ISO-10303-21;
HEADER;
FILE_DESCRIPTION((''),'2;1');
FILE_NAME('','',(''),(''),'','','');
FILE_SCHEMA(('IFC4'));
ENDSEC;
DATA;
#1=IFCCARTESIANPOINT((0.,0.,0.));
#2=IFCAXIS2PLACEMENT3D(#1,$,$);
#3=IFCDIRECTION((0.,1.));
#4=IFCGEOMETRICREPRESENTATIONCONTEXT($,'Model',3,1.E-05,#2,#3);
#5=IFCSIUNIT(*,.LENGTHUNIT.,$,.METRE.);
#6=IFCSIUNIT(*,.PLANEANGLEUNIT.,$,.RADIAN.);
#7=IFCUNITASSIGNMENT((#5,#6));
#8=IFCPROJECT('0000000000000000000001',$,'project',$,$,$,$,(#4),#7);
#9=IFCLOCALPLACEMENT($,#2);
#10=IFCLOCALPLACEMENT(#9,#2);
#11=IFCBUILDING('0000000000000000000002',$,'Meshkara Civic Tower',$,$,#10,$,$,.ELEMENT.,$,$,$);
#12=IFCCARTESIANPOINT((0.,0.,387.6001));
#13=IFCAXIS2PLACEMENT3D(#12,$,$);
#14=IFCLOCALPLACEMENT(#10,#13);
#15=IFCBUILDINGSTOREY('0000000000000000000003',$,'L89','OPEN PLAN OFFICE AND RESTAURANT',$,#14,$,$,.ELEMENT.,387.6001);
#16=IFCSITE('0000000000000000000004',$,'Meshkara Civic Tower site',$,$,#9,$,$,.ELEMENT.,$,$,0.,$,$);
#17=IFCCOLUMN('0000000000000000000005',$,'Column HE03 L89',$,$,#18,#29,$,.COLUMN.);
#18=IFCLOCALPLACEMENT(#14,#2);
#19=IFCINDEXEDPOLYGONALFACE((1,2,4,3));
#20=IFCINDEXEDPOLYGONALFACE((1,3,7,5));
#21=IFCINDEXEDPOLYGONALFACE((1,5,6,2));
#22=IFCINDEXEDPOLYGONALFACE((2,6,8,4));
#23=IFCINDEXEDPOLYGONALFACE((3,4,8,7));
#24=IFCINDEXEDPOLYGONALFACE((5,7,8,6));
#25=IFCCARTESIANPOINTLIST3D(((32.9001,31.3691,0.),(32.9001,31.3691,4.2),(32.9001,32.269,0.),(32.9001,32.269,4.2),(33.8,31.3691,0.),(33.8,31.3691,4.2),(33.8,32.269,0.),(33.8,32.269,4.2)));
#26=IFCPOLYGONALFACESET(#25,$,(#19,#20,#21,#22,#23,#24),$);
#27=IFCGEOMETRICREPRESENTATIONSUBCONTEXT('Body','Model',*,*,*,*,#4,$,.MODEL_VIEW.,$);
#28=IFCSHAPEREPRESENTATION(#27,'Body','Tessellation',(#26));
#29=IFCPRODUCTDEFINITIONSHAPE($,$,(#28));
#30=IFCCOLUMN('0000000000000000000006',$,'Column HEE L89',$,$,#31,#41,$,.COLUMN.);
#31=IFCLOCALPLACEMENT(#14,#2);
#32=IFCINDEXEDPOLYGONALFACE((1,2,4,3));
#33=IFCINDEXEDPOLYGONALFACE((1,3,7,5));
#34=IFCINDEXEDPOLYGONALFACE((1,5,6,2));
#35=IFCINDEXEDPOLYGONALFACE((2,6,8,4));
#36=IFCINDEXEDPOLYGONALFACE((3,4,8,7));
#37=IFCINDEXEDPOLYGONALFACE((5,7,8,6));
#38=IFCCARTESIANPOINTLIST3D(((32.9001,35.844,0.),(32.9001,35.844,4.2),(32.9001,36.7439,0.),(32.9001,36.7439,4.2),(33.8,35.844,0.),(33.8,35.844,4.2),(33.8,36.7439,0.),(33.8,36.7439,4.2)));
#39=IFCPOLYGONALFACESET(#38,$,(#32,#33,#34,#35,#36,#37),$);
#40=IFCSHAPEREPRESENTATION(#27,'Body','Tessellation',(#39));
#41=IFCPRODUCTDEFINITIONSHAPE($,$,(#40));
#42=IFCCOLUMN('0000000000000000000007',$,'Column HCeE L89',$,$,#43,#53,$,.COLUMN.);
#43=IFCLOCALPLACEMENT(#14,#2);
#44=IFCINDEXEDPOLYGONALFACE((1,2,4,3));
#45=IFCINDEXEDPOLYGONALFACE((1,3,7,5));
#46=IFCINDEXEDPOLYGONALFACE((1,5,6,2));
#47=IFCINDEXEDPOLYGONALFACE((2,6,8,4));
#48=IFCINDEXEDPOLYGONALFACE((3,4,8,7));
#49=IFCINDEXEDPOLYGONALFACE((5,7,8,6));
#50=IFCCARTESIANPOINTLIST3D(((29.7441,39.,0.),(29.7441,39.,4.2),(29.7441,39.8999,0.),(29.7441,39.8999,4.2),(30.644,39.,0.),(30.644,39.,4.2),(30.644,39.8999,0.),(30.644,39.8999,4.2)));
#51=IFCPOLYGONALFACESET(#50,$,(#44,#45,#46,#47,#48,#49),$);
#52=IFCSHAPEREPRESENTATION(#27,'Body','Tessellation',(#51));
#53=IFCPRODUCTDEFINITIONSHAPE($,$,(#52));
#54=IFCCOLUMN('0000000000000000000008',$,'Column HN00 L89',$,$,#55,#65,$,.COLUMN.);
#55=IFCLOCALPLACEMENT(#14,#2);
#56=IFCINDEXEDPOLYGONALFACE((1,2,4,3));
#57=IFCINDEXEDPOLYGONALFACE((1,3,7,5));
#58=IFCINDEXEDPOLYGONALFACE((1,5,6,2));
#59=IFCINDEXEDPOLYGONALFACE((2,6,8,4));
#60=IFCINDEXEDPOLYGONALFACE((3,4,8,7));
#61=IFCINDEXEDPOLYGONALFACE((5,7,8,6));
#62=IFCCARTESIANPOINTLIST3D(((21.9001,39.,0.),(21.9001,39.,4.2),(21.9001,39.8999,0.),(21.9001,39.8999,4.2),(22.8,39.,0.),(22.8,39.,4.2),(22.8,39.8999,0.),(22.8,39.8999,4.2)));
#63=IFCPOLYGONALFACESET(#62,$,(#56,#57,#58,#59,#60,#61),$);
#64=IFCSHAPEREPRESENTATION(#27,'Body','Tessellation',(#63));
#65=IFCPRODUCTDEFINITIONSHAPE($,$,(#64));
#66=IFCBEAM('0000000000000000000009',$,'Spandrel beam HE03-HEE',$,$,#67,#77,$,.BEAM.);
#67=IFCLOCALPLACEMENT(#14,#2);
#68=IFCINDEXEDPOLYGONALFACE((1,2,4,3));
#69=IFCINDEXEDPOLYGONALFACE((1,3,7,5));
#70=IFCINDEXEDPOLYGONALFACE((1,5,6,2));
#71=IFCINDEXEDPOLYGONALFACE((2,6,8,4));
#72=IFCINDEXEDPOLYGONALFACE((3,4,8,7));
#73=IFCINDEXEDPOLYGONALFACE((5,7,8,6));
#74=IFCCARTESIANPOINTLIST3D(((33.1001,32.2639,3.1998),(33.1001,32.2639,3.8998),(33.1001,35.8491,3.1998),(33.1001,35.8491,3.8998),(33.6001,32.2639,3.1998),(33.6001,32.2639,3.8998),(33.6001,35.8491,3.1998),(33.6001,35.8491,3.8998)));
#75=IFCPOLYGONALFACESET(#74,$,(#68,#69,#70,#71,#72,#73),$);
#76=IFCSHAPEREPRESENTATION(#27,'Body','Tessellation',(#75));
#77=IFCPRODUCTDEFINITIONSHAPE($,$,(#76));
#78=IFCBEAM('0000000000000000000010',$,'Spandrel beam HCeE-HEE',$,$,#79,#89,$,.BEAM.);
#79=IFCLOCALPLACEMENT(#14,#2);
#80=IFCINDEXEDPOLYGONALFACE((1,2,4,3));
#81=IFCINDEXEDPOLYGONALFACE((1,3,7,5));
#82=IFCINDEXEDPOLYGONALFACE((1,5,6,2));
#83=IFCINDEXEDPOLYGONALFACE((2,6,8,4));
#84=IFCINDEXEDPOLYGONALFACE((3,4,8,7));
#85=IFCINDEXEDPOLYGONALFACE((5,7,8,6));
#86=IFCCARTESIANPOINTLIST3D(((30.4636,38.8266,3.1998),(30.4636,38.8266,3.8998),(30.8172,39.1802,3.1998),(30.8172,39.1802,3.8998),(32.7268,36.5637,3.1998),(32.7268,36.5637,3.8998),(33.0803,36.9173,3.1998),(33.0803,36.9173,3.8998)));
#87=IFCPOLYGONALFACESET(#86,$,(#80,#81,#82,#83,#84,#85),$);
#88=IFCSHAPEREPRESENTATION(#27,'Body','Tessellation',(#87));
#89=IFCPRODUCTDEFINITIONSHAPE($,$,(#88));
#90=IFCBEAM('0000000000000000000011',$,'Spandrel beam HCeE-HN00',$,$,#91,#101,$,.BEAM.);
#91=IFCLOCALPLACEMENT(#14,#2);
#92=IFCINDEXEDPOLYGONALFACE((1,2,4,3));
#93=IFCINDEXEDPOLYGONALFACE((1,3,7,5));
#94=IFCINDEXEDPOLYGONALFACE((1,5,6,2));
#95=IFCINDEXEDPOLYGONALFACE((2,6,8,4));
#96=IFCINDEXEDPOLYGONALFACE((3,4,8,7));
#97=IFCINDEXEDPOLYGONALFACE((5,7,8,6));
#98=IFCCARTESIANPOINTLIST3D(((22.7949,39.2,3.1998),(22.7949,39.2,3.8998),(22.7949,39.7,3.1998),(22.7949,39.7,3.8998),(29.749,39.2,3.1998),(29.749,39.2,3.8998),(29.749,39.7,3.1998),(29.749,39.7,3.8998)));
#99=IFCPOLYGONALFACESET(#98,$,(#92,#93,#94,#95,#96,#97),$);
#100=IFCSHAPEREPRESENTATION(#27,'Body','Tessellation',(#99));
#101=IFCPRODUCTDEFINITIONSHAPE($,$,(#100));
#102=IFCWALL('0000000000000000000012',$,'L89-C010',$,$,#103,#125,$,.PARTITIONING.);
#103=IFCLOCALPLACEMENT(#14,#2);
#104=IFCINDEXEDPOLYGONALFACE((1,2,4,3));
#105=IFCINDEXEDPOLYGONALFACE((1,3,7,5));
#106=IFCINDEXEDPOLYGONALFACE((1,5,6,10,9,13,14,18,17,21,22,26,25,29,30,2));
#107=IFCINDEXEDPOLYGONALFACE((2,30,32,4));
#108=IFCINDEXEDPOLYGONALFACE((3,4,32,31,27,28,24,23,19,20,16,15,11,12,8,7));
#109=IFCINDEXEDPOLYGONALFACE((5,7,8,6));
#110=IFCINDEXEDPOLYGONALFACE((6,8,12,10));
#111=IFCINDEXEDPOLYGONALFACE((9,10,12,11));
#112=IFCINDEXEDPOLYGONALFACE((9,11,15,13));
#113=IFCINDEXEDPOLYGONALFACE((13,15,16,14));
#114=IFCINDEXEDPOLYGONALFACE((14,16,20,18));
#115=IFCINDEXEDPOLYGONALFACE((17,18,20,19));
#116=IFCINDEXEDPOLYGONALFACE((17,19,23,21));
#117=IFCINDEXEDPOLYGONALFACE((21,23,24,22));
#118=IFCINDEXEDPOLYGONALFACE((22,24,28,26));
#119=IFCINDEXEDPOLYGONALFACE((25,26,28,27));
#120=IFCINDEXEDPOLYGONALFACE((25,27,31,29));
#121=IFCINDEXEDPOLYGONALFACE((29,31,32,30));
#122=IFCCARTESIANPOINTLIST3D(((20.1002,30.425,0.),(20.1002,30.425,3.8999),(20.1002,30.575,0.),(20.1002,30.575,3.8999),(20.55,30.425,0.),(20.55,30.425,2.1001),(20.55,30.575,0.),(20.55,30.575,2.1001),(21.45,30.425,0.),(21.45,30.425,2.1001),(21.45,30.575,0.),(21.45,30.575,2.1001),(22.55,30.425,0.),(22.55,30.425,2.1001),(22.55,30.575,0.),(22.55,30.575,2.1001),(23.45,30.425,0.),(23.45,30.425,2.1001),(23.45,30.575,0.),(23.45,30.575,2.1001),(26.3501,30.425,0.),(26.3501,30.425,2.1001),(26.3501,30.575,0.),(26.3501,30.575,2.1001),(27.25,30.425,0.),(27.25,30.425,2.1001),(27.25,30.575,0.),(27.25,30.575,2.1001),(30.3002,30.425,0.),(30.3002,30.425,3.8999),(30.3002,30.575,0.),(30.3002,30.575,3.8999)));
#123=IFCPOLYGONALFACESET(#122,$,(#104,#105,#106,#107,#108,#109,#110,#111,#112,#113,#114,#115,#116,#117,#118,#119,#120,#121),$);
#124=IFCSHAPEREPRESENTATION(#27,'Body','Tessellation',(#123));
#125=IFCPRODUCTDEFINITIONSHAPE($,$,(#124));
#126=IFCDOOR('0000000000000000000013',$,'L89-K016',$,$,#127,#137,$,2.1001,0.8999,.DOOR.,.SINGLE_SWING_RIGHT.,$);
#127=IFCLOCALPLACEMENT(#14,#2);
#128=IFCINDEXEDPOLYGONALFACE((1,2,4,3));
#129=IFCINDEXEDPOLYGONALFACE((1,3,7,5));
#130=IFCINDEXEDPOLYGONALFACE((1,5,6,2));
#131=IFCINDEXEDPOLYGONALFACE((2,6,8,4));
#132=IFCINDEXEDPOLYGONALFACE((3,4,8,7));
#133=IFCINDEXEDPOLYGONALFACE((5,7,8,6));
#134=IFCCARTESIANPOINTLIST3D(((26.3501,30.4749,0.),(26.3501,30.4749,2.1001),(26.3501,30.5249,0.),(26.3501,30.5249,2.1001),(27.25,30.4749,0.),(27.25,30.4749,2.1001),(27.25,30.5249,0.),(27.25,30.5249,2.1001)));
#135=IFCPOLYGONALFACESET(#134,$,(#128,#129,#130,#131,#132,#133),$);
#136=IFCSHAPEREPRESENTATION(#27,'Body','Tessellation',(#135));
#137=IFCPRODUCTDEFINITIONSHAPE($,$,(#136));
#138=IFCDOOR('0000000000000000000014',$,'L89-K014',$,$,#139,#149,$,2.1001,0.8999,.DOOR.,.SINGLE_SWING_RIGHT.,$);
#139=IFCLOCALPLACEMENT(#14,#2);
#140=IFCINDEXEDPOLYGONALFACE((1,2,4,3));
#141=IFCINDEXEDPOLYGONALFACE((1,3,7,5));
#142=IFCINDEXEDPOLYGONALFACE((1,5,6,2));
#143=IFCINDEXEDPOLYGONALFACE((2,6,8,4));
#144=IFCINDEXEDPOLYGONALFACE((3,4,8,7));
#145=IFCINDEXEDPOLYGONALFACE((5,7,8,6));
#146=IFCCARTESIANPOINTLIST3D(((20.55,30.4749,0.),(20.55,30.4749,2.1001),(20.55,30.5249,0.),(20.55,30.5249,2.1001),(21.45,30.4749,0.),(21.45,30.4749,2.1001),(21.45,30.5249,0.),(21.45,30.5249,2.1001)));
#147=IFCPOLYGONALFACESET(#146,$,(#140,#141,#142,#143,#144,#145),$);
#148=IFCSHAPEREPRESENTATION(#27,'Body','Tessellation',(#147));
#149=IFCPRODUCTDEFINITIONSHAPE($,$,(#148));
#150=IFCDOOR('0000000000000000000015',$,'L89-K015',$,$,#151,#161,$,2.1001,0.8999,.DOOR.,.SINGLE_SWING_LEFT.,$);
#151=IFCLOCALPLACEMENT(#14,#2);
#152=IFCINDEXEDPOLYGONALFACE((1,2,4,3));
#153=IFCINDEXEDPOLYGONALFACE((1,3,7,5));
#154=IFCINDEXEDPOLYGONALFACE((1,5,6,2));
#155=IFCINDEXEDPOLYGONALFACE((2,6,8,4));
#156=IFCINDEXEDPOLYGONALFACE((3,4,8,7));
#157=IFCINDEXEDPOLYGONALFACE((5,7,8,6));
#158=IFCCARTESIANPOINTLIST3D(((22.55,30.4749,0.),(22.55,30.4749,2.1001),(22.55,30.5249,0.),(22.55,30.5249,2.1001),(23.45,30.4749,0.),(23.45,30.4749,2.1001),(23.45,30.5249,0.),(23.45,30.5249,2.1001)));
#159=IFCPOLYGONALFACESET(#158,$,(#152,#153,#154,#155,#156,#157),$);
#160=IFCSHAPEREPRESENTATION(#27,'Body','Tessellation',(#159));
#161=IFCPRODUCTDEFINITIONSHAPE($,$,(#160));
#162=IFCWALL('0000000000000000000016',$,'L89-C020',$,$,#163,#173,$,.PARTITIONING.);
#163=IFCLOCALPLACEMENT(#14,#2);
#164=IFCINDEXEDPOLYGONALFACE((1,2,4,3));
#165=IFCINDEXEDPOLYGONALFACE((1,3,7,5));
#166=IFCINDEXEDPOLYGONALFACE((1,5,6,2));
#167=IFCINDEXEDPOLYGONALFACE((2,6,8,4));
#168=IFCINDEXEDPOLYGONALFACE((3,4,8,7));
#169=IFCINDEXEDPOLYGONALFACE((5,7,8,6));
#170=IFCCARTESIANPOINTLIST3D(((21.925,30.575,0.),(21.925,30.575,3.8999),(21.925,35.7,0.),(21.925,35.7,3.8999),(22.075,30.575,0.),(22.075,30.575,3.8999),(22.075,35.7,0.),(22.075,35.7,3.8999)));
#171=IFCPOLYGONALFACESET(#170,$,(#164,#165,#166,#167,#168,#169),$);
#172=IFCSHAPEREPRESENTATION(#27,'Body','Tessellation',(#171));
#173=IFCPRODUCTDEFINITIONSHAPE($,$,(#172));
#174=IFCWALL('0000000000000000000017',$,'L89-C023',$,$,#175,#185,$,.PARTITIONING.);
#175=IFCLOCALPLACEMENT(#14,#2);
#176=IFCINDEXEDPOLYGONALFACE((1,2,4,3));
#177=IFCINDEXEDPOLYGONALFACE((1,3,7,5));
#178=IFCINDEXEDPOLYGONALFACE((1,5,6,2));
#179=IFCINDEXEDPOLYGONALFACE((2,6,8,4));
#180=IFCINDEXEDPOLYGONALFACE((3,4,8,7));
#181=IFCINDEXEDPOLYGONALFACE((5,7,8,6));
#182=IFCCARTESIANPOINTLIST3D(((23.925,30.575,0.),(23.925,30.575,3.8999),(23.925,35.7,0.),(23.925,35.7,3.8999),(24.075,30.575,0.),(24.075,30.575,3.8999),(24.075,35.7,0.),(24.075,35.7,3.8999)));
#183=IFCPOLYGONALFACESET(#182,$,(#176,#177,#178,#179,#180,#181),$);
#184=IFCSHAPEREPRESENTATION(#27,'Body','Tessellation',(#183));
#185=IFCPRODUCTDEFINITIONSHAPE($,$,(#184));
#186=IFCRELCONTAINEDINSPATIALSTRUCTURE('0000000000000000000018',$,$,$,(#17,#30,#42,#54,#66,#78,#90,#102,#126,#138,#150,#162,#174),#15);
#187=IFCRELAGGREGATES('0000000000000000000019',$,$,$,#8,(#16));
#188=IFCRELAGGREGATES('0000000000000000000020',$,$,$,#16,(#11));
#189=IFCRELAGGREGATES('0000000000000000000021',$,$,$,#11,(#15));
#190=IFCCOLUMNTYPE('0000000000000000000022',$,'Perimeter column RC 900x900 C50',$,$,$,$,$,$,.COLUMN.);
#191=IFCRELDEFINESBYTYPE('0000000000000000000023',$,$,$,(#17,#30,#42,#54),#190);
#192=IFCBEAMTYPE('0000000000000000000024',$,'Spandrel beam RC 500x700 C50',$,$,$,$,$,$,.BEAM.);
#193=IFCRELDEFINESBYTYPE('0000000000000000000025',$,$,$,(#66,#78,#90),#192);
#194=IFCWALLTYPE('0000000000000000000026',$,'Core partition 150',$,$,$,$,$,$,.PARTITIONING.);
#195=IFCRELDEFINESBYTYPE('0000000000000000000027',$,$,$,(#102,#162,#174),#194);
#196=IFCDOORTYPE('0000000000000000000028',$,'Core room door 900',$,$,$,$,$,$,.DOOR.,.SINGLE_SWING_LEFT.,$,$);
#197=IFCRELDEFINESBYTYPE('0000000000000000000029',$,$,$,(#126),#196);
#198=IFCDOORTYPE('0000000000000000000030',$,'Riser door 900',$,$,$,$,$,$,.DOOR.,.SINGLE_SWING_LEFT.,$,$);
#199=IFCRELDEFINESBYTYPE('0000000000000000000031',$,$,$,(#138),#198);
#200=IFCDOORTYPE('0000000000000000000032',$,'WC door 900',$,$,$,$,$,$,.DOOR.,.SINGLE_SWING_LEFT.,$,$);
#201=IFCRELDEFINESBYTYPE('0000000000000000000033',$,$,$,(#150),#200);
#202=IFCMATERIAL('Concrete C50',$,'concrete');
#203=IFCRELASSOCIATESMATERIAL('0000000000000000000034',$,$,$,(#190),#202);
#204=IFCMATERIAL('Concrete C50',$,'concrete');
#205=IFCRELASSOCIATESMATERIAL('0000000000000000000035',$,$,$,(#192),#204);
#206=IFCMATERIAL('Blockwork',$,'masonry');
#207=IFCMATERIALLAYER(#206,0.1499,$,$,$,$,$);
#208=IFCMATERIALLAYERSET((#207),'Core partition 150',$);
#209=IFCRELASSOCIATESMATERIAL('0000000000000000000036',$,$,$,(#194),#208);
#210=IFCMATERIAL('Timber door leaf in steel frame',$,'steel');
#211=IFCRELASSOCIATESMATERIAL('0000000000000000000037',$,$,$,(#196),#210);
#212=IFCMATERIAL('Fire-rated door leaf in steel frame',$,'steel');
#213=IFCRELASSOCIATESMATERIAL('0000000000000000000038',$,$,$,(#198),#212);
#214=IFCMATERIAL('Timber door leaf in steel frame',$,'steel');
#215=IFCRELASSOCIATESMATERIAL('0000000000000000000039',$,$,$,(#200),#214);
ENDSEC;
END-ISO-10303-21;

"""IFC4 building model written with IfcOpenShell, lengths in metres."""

from ifc_helpers import new_model, si_unit, direction, frame, frame_2d, origin, origin_2d, place, context, subcontext, project, spatial, rectangle, extrude, material, layer, layer_set, material_profile, profile_set, type_object, element, fill, save


model = new_model("IFC4")

# Units and contexts
model_context = context("Model", 3, precision=1e-05, world=origin(), true_north=direction((0.0, 1.0)))
body_context = subcontext(model_context, "Body", "Model", "MODEL_VIEW")
ifc_project = project(units=[si_unit("LENGTHUNIT", "METRE"), si_unit("PLANEANGLEUNIT", "RADIAN")], contexts=[model_context])

# Site, building, storey
site_placement = place(None, origin())
site = spatial("IfcSite", under=ifc_project, at=site_placement, Name="Meshkara Civic Tower site", CompositionType="ELEMENT", RefElevation=0.0)
building_placement = place(site_placement, origin())
building = spatial("IfcBuilding", under=site, at=building_placement, Name="Meshkara Civic Tower", CompositionType="ELEMENT")
storey_placement = place(building_placement, frame((0.0, 0.0, 387.6001)))
storey = spatial("IfcBuildingStorey", under=building, at=storey_placement, Name="L89", Description="OPEN PLAN OFFICE AND RESTAURANT", CompositionType="ELEMENT", Elevation=387.6001)

# Columns
ifc_material_1 = material(Name="Concrete C50", Category="concrete")
ifc_material_profile_1 = material_profile(ifc_material_1, rectangle(XDim=0.8999, YDim=0.8999, at=origin_2d()))
ifc_profile_set_1 = profile_set([ifc_material_profile_1], Name="Concrete C50")
column_type = type_object("IfcColumnType", Name="Perimeter column RC 900x900 C50", PredefinedType="COLUMN", material=ifc_profile_set_1)
for number, where, z_axis, x_axis, name in (
    (1, (33.3501, 31.8191, 0.0), (0.0, 0.0, 1.0), (1.0, 0.0, 0.0), "Column HE03 L89"),
    (2, (33.3501, 36.2939, 0.0), (0.0, 0.0, 1.0), (1.0, 0.0, 0.0), "Column HEE L89"),
    (3, (30.1941, 39.45, 0.0), (0.0, 0.0, 1.0), (1.0, 0.0, 0.0), "Column HCeE L89"),
    (4, (22.3501, 39.45, 0.0), (0.0, 0.0, 1.0), (1.0, 0.0, 0.0), "Column HN00 L89"),
):
    element("IfcColumn", number, at=place(storey_placement, frame(where, z_axis=z_axis, x_axis=x_axis)), inside=storey, type_object=column_type, Name=name, PredefinedType="COLUMN", context=body_context, shape_type="SweptSolid", body=[
        extrude(rectangle(XDim=0.8999, YDim=0.8999, at=origin_2d()), origin(), (0.0, 0.0, 1.0), 4.2),
    ])

# Beams
ifc_material_2 = material(Name="Concrete C50", Category="concrete")
ifc_material_profile_2 = material_profile(ifc_material_2, rectangle(XDim=0.5, YDim=0.7, at=origin_2d()))
ifc_profile_set_2 = profile_set([ifc_material_profile_2], Name="Concrete C50")
beam_type = type_object("IfcBeamType", Name="Spandrel beam RC 500x700 C50", PredefinedType="BEAM", material=ifc_profile_set_2)
beam_1_placement = place(storey_placement, frame((33.3501, 32.2639, 3.5498), z_axis=(0.0, 1.0, 0.0), x_axis=(-1.0, 0.0, 0.0)))
element("IfcBeam", 5, at=beam_1_placement, inside=storey, type_object=beam_type, Name="Spandrel beam HE03-HEE", PredefinedType="BEAM", context=body_context, shape_type="SweptSolid", body=[
    extrude(rectangle(XDim=0.5, YDim=0.7, at=origin_2d()), origin(), (0.0, 0.0, 1.0), 3.5852),
])
beam_2_placement = place(storey_placement, frame((32.9036, 36.7405, 3.5498), z_axis=(-0.707145, 0.707069, 0.0), x_axis=(-0.707069, -0.707145, 0.0)))
element("IfcBeam", 6, at=beam_2_placement, inside=storey, type_object=beam_type, Name="Spandrel beam HCeE-HEE", PredefinedType="BEAM", context=body_context, shape_type="SweptSolid", body=[
    extrude(rectangle(XDim=0.5, YDim=0.7, at=origin_2d()), origin(), (0.0, 0.0, 1.0), 3.2004),
])
beam_3_placement = place(storey_placement, frame((29.749, 39.45, 3.5498), z_axis=(-1.0, 0.0, 0.0), x_axis=(0.0, -1.0, 0.0)))
element("IfcBeam", 7, at=beam_3_placement, inside=storey, type_object=beam_type, Name="Spandrel beam HCeE-HN00", PredefinedType="BEAM", context=body_context, shape_type="SweptSolid", body=[
    extrude(rectangle(XDim=0.5, YDim=0.7, at=origin_2d()), origin(), (0.0, 0.0, 1.0), 6.9541),
])

# Wall, openings, doors
ifc_material_3 = material(Name="Blockwork", Category="masonry")
ifc_layer_1 = layer(ifc_material_3, 0.1499)
ifc_layer_set_1 = layer_set([ifc_layer_1], Name="Core partition 150")
wall_type_1 = type_object("IfcWallType", Name="Core partition 150", PredefinedType="PARTITIONING", material=ifc_layer_set_1)
wall_1_placement = place(storey_placement, frame((20.1001, 30.5, 0.0), z_axis=(0.0, 0.0, 1.0), x_axis=(1.0, 0.0, 0.0)))
wall_1 = element("IfcWall", 8, at=wall_1_placement, inside=storey, type_object=wall_type_1, Name="L89-C010", PredefinedType="PARTITIONING", context=body_context, shape_type="SweptSolid", body=[
    extrude(rectangle(XDim=10.2, YDim=0.1499, at=frame_2d((5.1001, 0.0))), origin(), (0.0, 0.0, 1.0), 3.8999),
])
opening_1_placement = place(wall_1_placement, frame((0.45, 0.0, 0.0)))
opening_1 = element("IfcOpeningElement", 9, at=opening_1_placement, cuts=wall_1, PredefinedType="OPENING", context=body_context, shape_type="SweptSolid", body=[
    extrude(rectangle(XDim=0.8999, YDim=2.1001, at=frame_2d((0.45, 1.05))), frame((0.0, 0.085, 0.0), z_axis=(0.0, -1.0, 0.0), x_axis=(1.0, 0.0, 0.0)), (0.0, 0.0, 1.0), 0.1699),
])
opening_2_placement = place(wall_1_placement, frame((2.45, 0.0, 0.0)))
opening_2 = element("IfcOpeningElement", 10, at=opening_2_placement, cuts=wall_1, PredefinedType="OPENING", context=body_context, shape_type="SweptSolid", body=[
    extrude(rectangle(XDim=0.8999, YDim=2.1001, at=frame_2d((0.45, 1.05))), frame((0.0, 0.085, 0.0), z_axis=(0.0, -1.0, 0.0), x_axis=(1.0, 0.0, 0.0)), (0.0, 0.0, 1.0), 0.1699),
])
opening_3_placement = place(wall_1_placement, frame((6.25, 0.0, 0.0)))
opening_3 = element("IfcOpeningElement", 11, at=opening_3_placement, cuts=wall_1, PredefinedType="OPENING", context=body_context, shape_type="SweptSolid", body=[
    extrude(rectangle(XDim=0.8999, YDim=2.1001, at=frame_2d((0.45, 1.05))), frame((0.0, 0.085, 0.0), z_axis=(0.0, -1.0, 0.0), x_axis=(1.0, 0.0, 0.0)), (0.0, 0.0, 1.0), 0.1699),
])
ifc_material_4 = material(Name="Timber door leaf in steel frame", Category="steel")
door_type_1 = type_object("IfcDoorType", Name="Core room door 900", OperationType="SINGLE_SWING_LEFT", PredefinedType="DOOR", material=ifc_material_4)
door_1_placement = place(opening_3_placement, origin())
door_1 = element("IfcDoor", 12, at=door_1_placement, inside=storey, type_object=door_type_1, Name="L89-K016", OperationType="SINGLE_SWING_RIGHT", OverallHeight=2.1001, OverallWidth=0.8999, PredefinedType="DOOR", context=body_context, shape_type="SweptSolid", body=[
    extrude(rectangle(XDim=0.8999, YDim=2.1001, at=frame_2d((0.45, 1.05))), frame((0.0, 0.0249, 0.0), z_axis=(0.0, -1.0, 0.0), x_axis=(1.0, 0.0, 0.0)), (0.0, 0.0, 1.0), 0.05),
])
fill(opening_3, door_1)
ifc_material_5 = material(Name="Fire-rated door leaf in steel frame", Category="steel")
door_type_2 = type_object("IfcDoorType", Name="Riser door 900", OperationType="SINGLE_SWING_LEFT", PredefinedType="DOOR", material=ifc_material_5)
door_2_placement = place(opening_1_placement, origin())
door_2 = element("IfcDoor", 13, at=door_2_placement, inside=storey, type_object=door_type_2, Name="L89-K014", OperationType="SINGLE_SWING_RIGHT", OverallHeight=2.1001, OverallWidth=0.8999, PredefinedType="DOOR", context=body_context, shape_type="SweptSolid", body=[
    extrude(rectangle(XDim=0.8999, YDim=2.1001, at=frame_2d((0.45, 1.05))), frame((0.0, 0.0249, 0.0), z_axis=(0.0, -1.0, 0.0), x_axis=(1.0, 0.0, 0.0)), (0.0, 0.0, 1.0), 0.05),
])
fill(opening_1, door_2)
ifc_material_6 = material(Name="Timber door leaf in steel frame", Category="steel")
door_type_3 = type_object("IfcDoorType", Name="WC door 900", OperationType="SINGLE_SWING_LEFT", PredefinedType="DOOR", material=ifc_material_6)
door_3_placement = place(opening_2_placement, origin())
door_3 = element("IfcDoor", 14, at=door_3_placement, inside=storey, type_object=door_type_3, Name="L89-K015", OperationType="SINGLE_SWING_LEFT", OverallHeight=2.1001, OverallWidth=0.8999, PredefinedType="DOOR", context=body_context, shape_type="SweptSolid", body=[
    extrude(rectangle(XDim=0.8999, YDim=2.1001, at=frame_2d((0.45, 1.05))), frame((0.0, 0.0249, 0.0), z_axis=(0.0, -1.0, 0.0), x_axis=(1.0, 0.0, 0.0)), (0.0, 0.0, 1.0), 0.05),
])
fill(opening_2, door_3)

# Walls
for number, where, z_axis, x_axis, name in (
    (15, (22.0, 30.575, 0.0), (0.0, 0.0, 1.0), (0.0, 1.0, 0.0), "L89-C020"),
    (16, (24.0, 30.575, 0.0), (0.0, 0.0, 1.0), (0.0, 1.0, 0.0), "L89-C023"),
):
    element("IfcWall", number, at=place(storey_placement, frame(where, z_axis=z_axis, x_axis=x_axis)), inside=storey, type_object=wall_type_1, Name=name, PredefinedType="PARTITIONING", context=body_context, shape_type="SweptSolid", body=[
        extrude(rectangle(XDim=5.125, YDim=0.1499, at=frame_2d((2.5625, 0.0))), origin(), (0.0, 0.0, 1.0), 3.8999),
    ])

save(model, "model.ifc")
